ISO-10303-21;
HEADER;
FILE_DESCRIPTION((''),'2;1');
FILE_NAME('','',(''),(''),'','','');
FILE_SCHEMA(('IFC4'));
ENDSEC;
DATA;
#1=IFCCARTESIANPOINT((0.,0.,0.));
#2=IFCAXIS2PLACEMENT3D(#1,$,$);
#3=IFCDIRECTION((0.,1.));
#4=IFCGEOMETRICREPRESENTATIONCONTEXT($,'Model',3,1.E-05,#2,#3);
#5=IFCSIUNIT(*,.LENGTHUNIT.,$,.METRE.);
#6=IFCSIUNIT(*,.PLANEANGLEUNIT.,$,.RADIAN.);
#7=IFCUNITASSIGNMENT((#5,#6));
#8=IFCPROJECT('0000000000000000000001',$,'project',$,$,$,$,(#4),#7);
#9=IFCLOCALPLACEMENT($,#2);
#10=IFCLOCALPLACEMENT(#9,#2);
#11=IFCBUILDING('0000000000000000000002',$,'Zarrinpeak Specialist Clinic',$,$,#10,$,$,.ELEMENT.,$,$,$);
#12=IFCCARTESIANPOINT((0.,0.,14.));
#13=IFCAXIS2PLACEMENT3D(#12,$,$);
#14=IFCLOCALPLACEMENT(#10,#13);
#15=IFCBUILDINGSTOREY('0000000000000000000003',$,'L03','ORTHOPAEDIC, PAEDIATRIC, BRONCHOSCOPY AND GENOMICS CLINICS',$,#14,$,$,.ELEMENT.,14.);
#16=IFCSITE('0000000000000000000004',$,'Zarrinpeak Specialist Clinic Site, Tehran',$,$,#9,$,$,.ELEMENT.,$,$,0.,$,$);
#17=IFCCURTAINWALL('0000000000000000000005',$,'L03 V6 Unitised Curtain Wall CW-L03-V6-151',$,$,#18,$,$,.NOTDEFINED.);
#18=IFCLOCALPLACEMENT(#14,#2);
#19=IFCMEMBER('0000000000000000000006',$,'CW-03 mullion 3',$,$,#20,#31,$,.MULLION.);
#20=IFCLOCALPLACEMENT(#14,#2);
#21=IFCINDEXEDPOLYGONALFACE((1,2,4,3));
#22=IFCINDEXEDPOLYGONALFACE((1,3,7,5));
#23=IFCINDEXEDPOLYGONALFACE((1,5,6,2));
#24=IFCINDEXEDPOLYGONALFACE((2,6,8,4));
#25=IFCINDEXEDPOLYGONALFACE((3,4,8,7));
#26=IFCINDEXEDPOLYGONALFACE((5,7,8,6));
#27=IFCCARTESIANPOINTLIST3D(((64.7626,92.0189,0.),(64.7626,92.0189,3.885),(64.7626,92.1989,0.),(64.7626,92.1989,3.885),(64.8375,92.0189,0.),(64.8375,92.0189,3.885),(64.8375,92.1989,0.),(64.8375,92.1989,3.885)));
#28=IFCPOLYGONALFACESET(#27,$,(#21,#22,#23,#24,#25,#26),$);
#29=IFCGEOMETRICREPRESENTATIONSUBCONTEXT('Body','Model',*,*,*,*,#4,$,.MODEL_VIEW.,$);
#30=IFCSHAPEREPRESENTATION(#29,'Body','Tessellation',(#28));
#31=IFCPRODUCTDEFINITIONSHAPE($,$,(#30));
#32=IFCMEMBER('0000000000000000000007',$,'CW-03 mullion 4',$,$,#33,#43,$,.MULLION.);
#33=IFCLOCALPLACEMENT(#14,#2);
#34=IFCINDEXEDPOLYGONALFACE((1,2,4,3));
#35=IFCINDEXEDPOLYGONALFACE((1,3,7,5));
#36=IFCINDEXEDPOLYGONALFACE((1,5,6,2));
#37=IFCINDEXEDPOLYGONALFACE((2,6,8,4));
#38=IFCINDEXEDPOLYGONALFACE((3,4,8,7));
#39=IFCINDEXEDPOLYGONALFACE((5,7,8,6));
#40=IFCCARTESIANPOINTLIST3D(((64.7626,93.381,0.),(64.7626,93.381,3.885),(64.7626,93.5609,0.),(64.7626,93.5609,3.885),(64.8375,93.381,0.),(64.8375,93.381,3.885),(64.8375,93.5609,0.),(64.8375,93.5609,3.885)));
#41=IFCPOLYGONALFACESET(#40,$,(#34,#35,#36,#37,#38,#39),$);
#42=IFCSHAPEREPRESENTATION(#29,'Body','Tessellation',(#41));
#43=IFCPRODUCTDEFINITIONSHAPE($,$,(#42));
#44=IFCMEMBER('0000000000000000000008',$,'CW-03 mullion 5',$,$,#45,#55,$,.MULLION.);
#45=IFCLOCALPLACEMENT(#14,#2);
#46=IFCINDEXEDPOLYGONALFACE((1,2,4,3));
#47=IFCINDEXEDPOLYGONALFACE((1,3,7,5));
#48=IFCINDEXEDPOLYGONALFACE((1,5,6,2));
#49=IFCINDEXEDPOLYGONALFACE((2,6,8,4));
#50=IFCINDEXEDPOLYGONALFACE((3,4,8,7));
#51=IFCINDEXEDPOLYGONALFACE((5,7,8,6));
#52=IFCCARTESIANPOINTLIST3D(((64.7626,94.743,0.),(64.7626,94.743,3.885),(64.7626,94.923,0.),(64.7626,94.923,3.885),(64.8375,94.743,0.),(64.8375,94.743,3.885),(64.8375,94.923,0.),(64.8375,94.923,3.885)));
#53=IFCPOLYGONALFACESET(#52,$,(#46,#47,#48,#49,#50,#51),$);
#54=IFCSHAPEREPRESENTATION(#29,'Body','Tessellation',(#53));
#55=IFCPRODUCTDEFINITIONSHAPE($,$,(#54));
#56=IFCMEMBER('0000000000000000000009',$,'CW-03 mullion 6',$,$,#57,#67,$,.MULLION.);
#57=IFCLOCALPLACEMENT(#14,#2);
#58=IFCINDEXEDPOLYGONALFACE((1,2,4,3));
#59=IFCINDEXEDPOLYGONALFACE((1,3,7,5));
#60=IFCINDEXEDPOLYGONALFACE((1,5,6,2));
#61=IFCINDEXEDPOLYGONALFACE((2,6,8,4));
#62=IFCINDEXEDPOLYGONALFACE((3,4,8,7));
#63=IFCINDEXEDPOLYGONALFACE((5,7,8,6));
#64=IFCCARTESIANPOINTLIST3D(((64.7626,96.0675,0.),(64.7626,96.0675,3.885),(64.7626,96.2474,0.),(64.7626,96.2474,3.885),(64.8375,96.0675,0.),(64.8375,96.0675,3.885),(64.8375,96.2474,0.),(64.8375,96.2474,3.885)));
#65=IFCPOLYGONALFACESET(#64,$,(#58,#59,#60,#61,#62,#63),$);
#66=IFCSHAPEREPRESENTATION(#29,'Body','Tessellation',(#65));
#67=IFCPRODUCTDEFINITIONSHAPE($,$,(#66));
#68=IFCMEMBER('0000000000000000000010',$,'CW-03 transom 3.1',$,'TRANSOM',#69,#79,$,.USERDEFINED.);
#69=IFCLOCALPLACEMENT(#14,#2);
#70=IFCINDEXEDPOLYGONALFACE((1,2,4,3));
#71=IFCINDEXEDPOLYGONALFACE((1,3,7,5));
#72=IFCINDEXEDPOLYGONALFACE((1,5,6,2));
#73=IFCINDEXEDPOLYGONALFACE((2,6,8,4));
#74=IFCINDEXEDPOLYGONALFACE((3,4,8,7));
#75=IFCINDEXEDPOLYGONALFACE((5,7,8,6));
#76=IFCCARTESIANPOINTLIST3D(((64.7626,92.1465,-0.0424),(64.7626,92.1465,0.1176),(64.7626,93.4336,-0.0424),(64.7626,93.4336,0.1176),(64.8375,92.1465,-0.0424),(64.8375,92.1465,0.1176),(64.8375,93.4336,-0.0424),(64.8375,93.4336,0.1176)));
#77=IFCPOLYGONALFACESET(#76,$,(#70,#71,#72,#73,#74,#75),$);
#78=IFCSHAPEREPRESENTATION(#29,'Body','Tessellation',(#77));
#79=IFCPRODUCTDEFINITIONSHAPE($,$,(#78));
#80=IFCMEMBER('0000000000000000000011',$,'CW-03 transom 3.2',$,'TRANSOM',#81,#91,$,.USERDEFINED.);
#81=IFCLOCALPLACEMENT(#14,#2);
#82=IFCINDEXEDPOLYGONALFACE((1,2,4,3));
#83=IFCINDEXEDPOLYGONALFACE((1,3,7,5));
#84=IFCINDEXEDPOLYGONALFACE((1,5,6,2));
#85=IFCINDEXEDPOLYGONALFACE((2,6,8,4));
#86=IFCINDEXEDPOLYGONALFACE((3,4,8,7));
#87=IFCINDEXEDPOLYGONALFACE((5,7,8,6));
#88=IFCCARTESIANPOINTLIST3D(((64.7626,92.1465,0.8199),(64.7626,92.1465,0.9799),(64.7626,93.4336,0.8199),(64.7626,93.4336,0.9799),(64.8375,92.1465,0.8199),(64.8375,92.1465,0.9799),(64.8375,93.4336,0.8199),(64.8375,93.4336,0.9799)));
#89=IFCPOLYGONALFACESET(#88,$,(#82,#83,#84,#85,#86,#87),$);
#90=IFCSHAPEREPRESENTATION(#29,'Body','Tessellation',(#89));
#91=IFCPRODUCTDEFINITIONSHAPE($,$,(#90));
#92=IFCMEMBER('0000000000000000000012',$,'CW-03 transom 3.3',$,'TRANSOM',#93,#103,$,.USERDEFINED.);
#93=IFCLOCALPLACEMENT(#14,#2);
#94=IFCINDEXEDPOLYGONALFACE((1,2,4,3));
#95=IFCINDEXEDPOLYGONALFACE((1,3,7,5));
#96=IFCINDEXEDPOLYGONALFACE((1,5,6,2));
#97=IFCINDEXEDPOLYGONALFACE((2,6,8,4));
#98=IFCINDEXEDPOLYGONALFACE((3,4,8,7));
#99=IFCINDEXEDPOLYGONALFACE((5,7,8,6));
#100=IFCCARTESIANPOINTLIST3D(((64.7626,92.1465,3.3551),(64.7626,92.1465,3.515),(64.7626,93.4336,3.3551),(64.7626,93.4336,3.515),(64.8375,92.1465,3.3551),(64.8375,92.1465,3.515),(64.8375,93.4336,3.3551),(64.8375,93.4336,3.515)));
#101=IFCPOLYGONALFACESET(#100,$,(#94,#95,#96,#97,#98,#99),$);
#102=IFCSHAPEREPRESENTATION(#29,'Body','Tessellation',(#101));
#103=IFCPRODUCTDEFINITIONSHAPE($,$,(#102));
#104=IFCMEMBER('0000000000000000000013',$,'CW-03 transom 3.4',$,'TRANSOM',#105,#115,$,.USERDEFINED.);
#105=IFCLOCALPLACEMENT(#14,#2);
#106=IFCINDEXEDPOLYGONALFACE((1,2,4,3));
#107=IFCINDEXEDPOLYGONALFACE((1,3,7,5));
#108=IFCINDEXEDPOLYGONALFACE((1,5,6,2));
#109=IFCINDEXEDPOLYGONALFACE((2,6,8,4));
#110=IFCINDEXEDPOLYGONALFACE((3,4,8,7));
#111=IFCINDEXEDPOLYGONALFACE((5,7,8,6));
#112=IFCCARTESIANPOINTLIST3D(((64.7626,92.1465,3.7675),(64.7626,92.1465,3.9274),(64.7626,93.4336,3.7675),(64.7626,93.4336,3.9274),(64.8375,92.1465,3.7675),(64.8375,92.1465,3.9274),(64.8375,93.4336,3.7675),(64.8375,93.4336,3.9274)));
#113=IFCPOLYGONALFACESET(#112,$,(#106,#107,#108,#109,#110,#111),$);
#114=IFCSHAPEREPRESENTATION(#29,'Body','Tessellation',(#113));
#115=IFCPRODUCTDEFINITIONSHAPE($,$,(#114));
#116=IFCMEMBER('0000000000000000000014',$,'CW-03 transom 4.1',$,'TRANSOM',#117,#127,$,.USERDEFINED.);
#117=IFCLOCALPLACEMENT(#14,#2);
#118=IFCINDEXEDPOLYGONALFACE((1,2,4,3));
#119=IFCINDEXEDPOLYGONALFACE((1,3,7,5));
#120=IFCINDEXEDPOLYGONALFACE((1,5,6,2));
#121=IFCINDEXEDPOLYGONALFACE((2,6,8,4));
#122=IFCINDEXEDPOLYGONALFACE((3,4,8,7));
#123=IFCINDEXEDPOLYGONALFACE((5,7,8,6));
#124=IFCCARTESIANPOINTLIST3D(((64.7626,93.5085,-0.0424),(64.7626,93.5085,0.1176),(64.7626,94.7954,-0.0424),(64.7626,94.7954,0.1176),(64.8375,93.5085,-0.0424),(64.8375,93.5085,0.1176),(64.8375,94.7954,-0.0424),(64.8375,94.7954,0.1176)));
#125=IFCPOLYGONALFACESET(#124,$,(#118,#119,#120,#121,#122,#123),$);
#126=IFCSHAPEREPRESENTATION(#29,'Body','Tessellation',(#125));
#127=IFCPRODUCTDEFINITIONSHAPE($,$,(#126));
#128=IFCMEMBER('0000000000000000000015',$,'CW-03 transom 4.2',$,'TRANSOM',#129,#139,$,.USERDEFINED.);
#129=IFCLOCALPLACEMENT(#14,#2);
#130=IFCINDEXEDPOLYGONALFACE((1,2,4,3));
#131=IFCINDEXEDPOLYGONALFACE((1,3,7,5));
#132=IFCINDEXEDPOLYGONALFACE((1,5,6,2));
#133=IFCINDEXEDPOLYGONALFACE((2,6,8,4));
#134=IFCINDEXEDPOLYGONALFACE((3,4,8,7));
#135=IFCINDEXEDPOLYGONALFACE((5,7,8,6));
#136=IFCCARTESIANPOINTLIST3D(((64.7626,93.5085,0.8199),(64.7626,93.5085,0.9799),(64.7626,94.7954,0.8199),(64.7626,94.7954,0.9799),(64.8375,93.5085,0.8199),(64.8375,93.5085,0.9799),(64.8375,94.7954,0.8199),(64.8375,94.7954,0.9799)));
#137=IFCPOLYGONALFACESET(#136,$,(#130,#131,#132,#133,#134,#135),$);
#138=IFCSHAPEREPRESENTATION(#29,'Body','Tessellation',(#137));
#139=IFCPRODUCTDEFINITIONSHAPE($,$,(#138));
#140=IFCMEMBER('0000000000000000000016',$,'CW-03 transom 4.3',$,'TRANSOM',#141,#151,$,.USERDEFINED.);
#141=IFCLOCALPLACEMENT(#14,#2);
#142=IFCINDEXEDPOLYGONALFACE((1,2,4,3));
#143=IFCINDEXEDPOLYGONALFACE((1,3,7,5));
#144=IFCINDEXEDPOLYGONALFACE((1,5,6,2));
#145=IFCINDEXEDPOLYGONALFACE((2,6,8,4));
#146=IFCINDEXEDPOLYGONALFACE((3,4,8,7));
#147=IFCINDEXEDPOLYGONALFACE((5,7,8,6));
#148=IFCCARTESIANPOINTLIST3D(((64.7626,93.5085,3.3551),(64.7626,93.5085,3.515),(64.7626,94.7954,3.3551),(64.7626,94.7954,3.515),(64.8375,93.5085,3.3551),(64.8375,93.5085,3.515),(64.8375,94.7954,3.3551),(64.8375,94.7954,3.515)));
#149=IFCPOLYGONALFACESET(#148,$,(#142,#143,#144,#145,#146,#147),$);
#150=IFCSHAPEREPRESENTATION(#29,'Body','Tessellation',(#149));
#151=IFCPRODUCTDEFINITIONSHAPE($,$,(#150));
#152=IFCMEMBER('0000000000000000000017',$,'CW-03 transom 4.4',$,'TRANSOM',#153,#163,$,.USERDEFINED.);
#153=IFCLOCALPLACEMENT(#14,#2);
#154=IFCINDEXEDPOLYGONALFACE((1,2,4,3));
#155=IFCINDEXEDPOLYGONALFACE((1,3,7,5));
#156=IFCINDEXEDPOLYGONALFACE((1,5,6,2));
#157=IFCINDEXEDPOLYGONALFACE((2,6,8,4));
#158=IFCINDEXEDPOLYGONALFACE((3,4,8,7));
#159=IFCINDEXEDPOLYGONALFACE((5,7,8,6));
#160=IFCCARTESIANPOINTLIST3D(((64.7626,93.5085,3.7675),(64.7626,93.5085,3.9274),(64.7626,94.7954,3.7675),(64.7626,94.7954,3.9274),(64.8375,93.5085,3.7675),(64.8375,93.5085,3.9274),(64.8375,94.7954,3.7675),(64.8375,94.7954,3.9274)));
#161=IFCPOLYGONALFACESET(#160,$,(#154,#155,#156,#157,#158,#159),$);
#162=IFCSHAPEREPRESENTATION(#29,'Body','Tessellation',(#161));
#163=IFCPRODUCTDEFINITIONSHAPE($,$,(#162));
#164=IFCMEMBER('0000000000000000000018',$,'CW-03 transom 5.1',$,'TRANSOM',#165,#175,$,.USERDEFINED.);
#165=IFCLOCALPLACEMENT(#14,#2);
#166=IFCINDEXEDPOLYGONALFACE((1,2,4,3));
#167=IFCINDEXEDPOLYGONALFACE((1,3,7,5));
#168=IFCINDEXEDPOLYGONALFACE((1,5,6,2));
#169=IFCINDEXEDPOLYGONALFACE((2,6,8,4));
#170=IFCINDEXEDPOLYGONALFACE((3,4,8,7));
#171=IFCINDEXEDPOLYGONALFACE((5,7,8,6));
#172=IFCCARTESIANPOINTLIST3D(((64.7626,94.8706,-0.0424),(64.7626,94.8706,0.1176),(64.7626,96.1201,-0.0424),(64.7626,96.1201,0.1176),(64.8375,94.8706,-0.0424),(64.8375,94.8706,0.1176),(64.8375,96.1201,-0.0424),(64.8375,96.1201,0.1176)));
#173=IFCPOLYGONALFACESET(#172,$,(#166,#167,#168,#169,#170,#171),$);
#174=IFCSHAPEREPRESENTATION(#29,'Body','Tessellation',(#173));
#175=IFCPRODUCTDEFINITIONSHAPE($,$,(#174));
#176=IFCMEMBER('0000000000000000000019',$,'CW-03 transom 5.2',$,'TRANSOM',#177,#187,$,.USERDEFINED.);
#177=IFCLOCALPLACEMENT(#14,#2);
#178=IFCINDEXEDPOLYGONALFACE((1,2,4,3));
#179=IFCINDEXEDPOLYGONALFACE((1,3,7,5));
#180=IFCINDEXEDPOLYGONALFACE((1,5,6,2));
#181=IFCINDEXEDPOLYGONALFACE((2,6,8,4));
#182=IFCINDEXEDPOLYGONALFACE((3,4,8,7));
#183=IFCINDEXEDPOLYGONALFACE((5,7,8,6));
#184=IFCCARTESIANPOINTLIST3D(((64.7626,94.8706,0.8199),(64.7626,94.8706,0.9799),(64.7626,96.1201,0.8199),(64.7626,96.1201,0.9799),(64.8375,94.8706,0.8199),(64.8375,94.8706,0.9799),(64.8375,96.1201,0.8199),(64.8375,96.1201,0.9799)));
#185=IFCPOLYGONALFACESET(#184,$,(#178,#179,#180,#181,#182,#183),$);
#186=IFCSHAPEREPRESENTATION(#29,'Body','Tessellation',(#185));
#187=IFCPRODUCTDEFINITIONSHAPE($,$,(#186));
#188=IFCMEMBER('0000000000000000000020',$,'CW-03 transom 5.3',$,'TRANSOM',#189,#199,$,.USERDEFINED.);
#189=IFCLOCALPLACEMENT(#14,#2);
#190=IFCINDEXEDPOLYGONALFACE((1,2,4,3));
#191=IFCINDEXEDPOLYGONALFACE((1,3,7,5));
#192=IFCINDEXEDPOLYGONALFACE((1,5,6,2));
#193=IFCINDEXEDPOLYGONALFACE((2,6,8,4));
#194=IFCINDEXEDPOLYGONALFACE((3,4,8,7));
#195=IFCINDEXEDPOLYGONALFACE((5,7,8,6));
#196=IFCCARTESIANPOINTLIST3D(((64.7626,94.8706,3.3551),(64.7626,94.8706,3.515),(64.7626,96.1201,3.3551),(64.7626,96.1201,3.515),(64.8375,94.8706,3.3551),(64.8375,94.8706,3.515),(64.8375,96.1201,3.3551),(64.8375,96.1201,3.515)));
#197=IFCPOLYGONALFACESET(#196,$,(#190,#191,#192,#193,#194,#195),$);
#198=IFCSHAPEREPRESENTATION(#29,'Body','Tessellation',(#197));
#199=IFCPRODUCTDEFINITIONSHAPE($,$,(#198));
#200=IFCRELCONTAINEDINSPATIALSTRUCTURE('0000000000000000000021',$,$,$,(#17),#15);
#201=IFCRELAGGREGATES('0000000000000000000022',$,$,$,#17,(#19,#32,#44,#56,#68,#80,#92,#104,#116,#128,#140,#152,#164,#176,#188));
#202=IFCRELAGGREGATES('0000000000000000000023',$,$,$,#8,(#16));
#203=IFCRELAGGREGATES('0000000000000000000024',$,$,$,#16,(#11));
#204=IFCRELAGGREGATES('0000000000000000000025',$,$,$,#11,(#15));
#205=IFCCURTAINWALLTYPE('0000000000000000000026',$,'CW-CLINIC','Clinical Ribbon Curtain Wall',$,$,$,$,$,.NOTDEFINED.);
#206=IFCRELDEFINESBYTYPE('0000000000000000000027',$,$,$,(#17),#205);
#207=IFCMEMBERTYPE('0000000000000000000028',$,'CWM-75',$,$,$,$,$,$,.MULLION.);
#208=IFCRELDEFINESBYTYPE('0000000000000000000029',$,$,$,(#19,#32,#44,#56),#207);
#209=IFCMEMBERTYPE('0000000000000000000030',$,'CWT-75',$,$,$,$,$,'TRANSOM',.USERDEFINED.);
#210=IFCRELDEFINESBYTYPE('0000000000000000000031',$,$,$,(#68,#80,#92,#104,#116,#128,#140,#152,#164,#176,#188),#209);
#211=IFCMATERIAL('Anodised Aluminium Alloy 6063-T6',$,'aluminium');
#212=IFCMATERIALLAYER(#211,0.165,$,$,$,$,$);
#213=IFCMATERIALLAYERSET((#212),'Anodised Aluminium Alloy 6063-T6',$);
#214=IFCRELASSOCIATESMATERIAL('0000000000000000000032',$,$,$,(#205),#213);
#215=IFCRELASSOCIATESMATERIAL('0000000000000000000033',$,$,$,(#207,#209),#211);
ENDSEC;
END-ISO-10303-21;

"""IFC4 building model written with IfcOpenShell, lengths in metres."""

from ifc_helpers import new_model, si_unit, direction, frame, origin, origin_2d, place, context, subcontext, project, spatial, rectangle, extrude, material, layer, layer_set, material_profile, profile_set, type_object, element, aggregate, save


model = new_model("IFC4")

# Units and contexts
model_context = context("Model", 3, precision=1e-05, world=origin(), true_north=direction((0.0, 1.0)))
body_context = subcontext(model_context, "Body", "Model", "MODEL_VIEW")
ifc_project = project(units=[si_unit("LENGTHUNIT", "METRE"), si_unit("PLANEANGLEUNIT", "RADIAN")], contexts=[model_context])

# Site, building, storey
site_placement = place(None, origin())
site = spatial("IfcSite", under=ifc_project, at=site_placement, Name="Zarrinpeak Specialist Clinic Site, Tehran", CompositionType="ELEMENT", RefElevation=0.0)
building_placement = place(site_placement, origin())
building = spatial("IfcBuilding", under=site, at=building_placement, Name="Zarrinpeak Specialist Clinic", CompositionType="ELEMENT")
storey_placement = place(building_placement, frame((0.0, 0.0, 14.0)))
storey = spatial("IfcBuildingStorey", under=building, at=storey_placement, Name="L03", Description="ORTHOPAEDIC, PAEDIATRIC, BRONCHOSCOPY AND GENOMICS CLINICS", CompositionType="ELEMENT", Elevation=14.0)

# Curtain wall, members
ifc_material_1 = material(Name="Anodised Aluminium Alloy 6063-T6", Category="aluminium")
ifc_layer_1 = layer(ifc_material_1, 0.165)
ifc_layer_set_1 = layer_set([ifc_layer_1], Name="Anodised Aluminium Alloy 6063-T6")
curtain_wall_type = type_object("IfcCurtainWallType", Name="CW-CLINIC", Description="Clinical Ribbon Curtain Wall", PredefinedType="NOTDEFINED", material=ifc_layer_set_1)
curtain_wall_placement = place(storey_placement, origin())
curtain_wall = element("IfcCurtainWall", 1, at=curtain_wall_placement, inside=storey, type_object=curtain_wall_type, Name="L03 V6 Unitised Curtain Wall CW-L03-V6-151", PredefinedType="NOTDEFINED")
ifc_material_profile_1 = material_profile(ifc_material_1, rectangle(XDim=0.075, YDim=0.1799, at=origin_2d()), Name="ALU 75x180")
ifc_profile_set_1 = profile_set([ifc_material_profile_1], Name="Anodised Aluminium Alloy 6063-T6")
member_type_1 = type_object("IfcMemberType", Name="CWM-75", PredefinedType="MULLION", material=ifc_profile_set_1)
member_1_placement = place(storey_placement, frame((64.8, 92.1089, 0.0), z_axis=(0.0, 0.0, 1.0), x_axis=(-1.0, 0.0, 0.0)))
member_1 = element("IfcMember", 2, at=member_1_placement, type_object=member_type_1, Name="CW-03 mullion 3", PredefinedType="MULLION", context=body_context, shape_type="SweptSolid", body=[
    extrude(rectangle(XDim=0.075, YDim=0.1799, at=origin_2d()), origin(), (0.0, 0.0, 1.0), 3.885),
])
member_2_placement = place(storey_placement, frame((64.8, 93.4709, 0.0), z_axis=(0.0, 0.0, 1.0), x_axis=(-1.0, 0.0, 0.0)))
member_2 = element("IfcMember", 3, at=member_2_placement, type_object=member_type_1, Name="CW-03 mullion 4", PredefinedType="MULLION", context=body_context, shape_type="SweptSolid", body=[
    extrude(rectangle(XDim=0.075, YDim=0.1799, at=origin_2d()), origin(), (0.0, 0.0, 1.0), 3.885),
])
member_3_placement = place(storey_placement, frame((64.8, 94.833, 0.0), z_axis=(0.0, 0.0, 1.0), x_axis=(-1.0, 0.0, 0.0)))
member_3 = element("IfcMember", 4, at=member_3_placement, type_object=member_type_1, Name="CW-03 mullion 5", PredefinedType="MULLION", context=body_context, shape_type="SweptSolid", body=[
    extrude(rectangle(XDim=0.075, YDim=0.1799, at=origin_2d()), origin(), (0.0, 0.0, 1.0), 3.885),
])
member_4_placement = place(storey_placement, frame((64.8, 96.1575, 0.0), z_axis=(0.0, 0.0, 1.0), x_axis=(-1.0, 0.0, 0.0)))
member_4 = element("IfcMember", 5, at=member_4_placement, type_object=member_type_1, Name="CW-03 mullion 6", PredefinedType="MULLION", context=body_context, shape_type="SweptSolid", body=[
    extrude(rectangle(XDim=0.075, YDim=0.1799, at=origin_2d()), origin(), (0.0, 0.0, 1.0), 3.885),
])
ifc_material_profile_2 = material_profile(ifc_material_1, rectangle(XDim=0.075, YDim=0.1599, at=origin_2d()), Name="ALU 75x160")
ifc_profile_set_2 = profile_set([ifc_material_profile_2], Name="Anodised Aluminium Alloy 6063-T6")
member_type_2 = type_object("IfcMemberType", Name="CWT-75", ElementType="TRANSOM", PredefinedType="USERDEFINED", material=ifc_profile_set_2)
member_5_placement = place(storey_placement, frame((64.8, 92.1465, 0.0376), z_axis=(0.0, 1.0, 0.0), x_axis=(-1.0, 0.0, 0.0)))
member_5 = element("IfcMember", 6, at=member_5_placement, type_object=member_type_2, Name="CW-03 transom 3.1", ObjectType="TRANSOM", PredefinedType="USERDEFINED", context=body_context, shape_type="SweptSolid", body=[
    extrude(rectangle(XDim=0.075, YDim=0.1599, at=origin_2d()), origin(), (0.0, 0.0, 1.0), 1.2871),
])
member_6_placement = place(storey_placement, frame((64.8, 92.1465, 0.8999), z_axis=(0.0, 1.0, 0.0), x_axis=(-1.0, 0.0, 0.0)))
member_6 = element("IfcMember", 7, at=member_6_placement, type_object=member_type_2, Name="CW-03 transom 3.2", ObjectType="TRANSOM", PredefinedType="USERDEFINED", context=body_context, shape_type="SweptSolid", body=[
    extrude(rectangle(XDim=0.075, YDim=0.1599, at=origin_2d()), origin(), (0.0, 0.0, 1.0), 1.2871),
])
member_7_placement = place(storey_placement, frame((64.8, 92.1465, 3.4351), z_axis=(0.0, 1.0, 0.0), x_axis=(-1.0, 0.0, 0.0)))
member_7 = element("IfcMember", 8, at=member_7_placement, type_object=member_type_2, Name="CW-03 transom 3.3", ObjectType="TRANSOM", PredefinedType="USERDEFINED", context=body_context, shape_type="SweptSolid", body=[
    extrude(rectangle(XDim=0.075, YDim=0.1599, at=origin_2d()), origin(), (0.0, 0.0, 1.0), 1.2871),
])
member_8_placement = place(storey_placement, frame((64.8, 92.1465, 3.8474), z_axis=(0.0, 1.0, 0.0), x_axis=(-1.0, 0.0, 0.0)))
member_8 = element("IfcMember", 9, at=member_8_placement, type_object=member_type_2, Name="CW-03 transom 3.4", ObjectType="TRANSOM", PredefinedType="USERDEFINED", context=body_context, shape_type="SweptSolid", body=[
    extrude(rectangle(XDim=0.075, YDim=0.1599, at=origin_2d()), origin(), (0.0, 0.0, 1.0), 1.2871),
])
member_9_placement = place(storey_placement, frame((64.8, 93.5085, 0.0376), z_axis=(0.0, 1.0, 0.0), x_axis=(-1.0, 0.0, 0.0)))
member_9 = element("IfcMember", 10, at=member_9_placement, type_object=member_type_2, Name="CW-03 transom 4.1", ObjectType="TRANSOM", PredefinedType="USERDEFINED", context=body_context, shape_type="SweptSolid", body=[
    extrude(rectangle(XDim=0.075, YDim=0.1599, at=origin_2d()), origin(), (0.0, 0.0, 1.0), 1.2869),
])
member_10_placement = place(storey_placement, frame((64.8, 93.5085, 0.8999), z_axis=(0.0, 1.0, 0.0), x_axis=(-1.0, 0.0, 0.0)))
member_10 = element("IfcMember", 11, at=member_10_placement, type_object=member_type_2, Name="CW-03 transom 4.2", ObjectType="TRANSOM", PredefinedType="USERDEFINED", context=body_context, shape_type="SweptSolid", body=[
    extrude(rectangle(XDim=0.075, YDim=0.1599, at=origin_2d()), origin(), (0.0, 0.0, 1.0), 1.2869),
])
member_11_placement = place(storey_placement, frame((64.8, 93.5085, 3.4351), z_axis=(0.0, 1.0, 0.0), x_axis=(-1.0, 0.0, 0.0)))
member_11 = element("IfcMember", 12, at=member_11_placement, type_object=member_type_2, Name="CW-03 transom 4.3", ObjectType="TRANSOM", PredefinedType="USERDEFINED", context=body_context, shape_type="SweptSolid", body=[
    extrude(rectangle(XDim=0.075, YDim=0.1599, at=origin_2d()), origin(), (0.0, 0.0, 1.0), 1.2869),
])
member_12_placement = place(storey_placement, frame((64.8, 93.5085, 3.8474), z_axis=(0.0, 1.0, 0.0), x_axis=(-1.0, 0.0, 0.0)))
member_12 = element("IfcMember", 13, at=member_12_placement, type_object=member_type_2, Name="CW-03 transom 4.4", ObjectType="TRANSOM", PredefinedType="USERDEFINED", context=body_context, shape_type="SweptSolid", body=[
    extrude(rectangle(XDim=0.075, YDim=0.1599, at=origin_2d()), origin(), (0.0, 0.0, 1.0), 1.2869),
])
member_13_placement = place(storey_placement, frame((64.8, 94.8706, 0.0376), z_axis=(0.0, 1.0, 0.0), x_axis=(-1.0, 0.0, 0.0)))
member_13 = element("IfcMember", 14, at=member_13_placement, type_object=member_type_2, Name="CW-03 transom 5.1", ObjectType="TRANSOM", PredefinedType="USERDEFINED", context=body_context, shape_type="SweptSolid", body=[
    extrude(rectangle(XDim=0.075, YDim=0.1599, at=origin_2d()), origin(), (0.0, 0.0, 1.0), 1.2495),
])
member_14_placement = place(storey_placement, frame((64.8, 94.8706, 0.8999), z_axis=(0.0, 1.0, 0.0), x_axis=(-1.0, 0.0, 0.0)))
member_14 = element("IfcMember", 15, at=member_14_placement, type_object=member_type_2, Name="CW-03 transom 5.2", ObjectType="TRANSOM", PredefinedType="USERDEFINED", context=body_context, shape_type="SweptSolid", body=[
    extrude(rectangle(XDim=0.075, YDim=0.1599, at=origin_2d()), origin(), (0.0, 0.0, 1.0), 1.2495),
])
member_15_placement = place(storey_placement, frame((64.8, 94.8706, 3.4351), z_axis=(0.0, 1.0, 0.0), x_axis=(-1.0, 0.0, 0.0)))
member_15 = element("IfcMember", 16, at=member_15_placement, type_object=member_type_2, Name="CW-03 transom 5.3", ObjectType="TRANSOM", PredefinedType="USERDEFINED", context=body_context, shape_type="SweptSolid", body=[
    extrude(rectangle(XDim=0.075, YDim=0.1599, at=origin_2d()), origin(), (0.0, 0.0, 1.0), 1.2495),
])
aggregate(curtain_wall, [member_1, member_2, member_3, member_4, member_5, member_6, member_7, member_8, member_9, member_10, member_11, member_12, member_13, member_14, member_15])

save(model, "model.ifc")
